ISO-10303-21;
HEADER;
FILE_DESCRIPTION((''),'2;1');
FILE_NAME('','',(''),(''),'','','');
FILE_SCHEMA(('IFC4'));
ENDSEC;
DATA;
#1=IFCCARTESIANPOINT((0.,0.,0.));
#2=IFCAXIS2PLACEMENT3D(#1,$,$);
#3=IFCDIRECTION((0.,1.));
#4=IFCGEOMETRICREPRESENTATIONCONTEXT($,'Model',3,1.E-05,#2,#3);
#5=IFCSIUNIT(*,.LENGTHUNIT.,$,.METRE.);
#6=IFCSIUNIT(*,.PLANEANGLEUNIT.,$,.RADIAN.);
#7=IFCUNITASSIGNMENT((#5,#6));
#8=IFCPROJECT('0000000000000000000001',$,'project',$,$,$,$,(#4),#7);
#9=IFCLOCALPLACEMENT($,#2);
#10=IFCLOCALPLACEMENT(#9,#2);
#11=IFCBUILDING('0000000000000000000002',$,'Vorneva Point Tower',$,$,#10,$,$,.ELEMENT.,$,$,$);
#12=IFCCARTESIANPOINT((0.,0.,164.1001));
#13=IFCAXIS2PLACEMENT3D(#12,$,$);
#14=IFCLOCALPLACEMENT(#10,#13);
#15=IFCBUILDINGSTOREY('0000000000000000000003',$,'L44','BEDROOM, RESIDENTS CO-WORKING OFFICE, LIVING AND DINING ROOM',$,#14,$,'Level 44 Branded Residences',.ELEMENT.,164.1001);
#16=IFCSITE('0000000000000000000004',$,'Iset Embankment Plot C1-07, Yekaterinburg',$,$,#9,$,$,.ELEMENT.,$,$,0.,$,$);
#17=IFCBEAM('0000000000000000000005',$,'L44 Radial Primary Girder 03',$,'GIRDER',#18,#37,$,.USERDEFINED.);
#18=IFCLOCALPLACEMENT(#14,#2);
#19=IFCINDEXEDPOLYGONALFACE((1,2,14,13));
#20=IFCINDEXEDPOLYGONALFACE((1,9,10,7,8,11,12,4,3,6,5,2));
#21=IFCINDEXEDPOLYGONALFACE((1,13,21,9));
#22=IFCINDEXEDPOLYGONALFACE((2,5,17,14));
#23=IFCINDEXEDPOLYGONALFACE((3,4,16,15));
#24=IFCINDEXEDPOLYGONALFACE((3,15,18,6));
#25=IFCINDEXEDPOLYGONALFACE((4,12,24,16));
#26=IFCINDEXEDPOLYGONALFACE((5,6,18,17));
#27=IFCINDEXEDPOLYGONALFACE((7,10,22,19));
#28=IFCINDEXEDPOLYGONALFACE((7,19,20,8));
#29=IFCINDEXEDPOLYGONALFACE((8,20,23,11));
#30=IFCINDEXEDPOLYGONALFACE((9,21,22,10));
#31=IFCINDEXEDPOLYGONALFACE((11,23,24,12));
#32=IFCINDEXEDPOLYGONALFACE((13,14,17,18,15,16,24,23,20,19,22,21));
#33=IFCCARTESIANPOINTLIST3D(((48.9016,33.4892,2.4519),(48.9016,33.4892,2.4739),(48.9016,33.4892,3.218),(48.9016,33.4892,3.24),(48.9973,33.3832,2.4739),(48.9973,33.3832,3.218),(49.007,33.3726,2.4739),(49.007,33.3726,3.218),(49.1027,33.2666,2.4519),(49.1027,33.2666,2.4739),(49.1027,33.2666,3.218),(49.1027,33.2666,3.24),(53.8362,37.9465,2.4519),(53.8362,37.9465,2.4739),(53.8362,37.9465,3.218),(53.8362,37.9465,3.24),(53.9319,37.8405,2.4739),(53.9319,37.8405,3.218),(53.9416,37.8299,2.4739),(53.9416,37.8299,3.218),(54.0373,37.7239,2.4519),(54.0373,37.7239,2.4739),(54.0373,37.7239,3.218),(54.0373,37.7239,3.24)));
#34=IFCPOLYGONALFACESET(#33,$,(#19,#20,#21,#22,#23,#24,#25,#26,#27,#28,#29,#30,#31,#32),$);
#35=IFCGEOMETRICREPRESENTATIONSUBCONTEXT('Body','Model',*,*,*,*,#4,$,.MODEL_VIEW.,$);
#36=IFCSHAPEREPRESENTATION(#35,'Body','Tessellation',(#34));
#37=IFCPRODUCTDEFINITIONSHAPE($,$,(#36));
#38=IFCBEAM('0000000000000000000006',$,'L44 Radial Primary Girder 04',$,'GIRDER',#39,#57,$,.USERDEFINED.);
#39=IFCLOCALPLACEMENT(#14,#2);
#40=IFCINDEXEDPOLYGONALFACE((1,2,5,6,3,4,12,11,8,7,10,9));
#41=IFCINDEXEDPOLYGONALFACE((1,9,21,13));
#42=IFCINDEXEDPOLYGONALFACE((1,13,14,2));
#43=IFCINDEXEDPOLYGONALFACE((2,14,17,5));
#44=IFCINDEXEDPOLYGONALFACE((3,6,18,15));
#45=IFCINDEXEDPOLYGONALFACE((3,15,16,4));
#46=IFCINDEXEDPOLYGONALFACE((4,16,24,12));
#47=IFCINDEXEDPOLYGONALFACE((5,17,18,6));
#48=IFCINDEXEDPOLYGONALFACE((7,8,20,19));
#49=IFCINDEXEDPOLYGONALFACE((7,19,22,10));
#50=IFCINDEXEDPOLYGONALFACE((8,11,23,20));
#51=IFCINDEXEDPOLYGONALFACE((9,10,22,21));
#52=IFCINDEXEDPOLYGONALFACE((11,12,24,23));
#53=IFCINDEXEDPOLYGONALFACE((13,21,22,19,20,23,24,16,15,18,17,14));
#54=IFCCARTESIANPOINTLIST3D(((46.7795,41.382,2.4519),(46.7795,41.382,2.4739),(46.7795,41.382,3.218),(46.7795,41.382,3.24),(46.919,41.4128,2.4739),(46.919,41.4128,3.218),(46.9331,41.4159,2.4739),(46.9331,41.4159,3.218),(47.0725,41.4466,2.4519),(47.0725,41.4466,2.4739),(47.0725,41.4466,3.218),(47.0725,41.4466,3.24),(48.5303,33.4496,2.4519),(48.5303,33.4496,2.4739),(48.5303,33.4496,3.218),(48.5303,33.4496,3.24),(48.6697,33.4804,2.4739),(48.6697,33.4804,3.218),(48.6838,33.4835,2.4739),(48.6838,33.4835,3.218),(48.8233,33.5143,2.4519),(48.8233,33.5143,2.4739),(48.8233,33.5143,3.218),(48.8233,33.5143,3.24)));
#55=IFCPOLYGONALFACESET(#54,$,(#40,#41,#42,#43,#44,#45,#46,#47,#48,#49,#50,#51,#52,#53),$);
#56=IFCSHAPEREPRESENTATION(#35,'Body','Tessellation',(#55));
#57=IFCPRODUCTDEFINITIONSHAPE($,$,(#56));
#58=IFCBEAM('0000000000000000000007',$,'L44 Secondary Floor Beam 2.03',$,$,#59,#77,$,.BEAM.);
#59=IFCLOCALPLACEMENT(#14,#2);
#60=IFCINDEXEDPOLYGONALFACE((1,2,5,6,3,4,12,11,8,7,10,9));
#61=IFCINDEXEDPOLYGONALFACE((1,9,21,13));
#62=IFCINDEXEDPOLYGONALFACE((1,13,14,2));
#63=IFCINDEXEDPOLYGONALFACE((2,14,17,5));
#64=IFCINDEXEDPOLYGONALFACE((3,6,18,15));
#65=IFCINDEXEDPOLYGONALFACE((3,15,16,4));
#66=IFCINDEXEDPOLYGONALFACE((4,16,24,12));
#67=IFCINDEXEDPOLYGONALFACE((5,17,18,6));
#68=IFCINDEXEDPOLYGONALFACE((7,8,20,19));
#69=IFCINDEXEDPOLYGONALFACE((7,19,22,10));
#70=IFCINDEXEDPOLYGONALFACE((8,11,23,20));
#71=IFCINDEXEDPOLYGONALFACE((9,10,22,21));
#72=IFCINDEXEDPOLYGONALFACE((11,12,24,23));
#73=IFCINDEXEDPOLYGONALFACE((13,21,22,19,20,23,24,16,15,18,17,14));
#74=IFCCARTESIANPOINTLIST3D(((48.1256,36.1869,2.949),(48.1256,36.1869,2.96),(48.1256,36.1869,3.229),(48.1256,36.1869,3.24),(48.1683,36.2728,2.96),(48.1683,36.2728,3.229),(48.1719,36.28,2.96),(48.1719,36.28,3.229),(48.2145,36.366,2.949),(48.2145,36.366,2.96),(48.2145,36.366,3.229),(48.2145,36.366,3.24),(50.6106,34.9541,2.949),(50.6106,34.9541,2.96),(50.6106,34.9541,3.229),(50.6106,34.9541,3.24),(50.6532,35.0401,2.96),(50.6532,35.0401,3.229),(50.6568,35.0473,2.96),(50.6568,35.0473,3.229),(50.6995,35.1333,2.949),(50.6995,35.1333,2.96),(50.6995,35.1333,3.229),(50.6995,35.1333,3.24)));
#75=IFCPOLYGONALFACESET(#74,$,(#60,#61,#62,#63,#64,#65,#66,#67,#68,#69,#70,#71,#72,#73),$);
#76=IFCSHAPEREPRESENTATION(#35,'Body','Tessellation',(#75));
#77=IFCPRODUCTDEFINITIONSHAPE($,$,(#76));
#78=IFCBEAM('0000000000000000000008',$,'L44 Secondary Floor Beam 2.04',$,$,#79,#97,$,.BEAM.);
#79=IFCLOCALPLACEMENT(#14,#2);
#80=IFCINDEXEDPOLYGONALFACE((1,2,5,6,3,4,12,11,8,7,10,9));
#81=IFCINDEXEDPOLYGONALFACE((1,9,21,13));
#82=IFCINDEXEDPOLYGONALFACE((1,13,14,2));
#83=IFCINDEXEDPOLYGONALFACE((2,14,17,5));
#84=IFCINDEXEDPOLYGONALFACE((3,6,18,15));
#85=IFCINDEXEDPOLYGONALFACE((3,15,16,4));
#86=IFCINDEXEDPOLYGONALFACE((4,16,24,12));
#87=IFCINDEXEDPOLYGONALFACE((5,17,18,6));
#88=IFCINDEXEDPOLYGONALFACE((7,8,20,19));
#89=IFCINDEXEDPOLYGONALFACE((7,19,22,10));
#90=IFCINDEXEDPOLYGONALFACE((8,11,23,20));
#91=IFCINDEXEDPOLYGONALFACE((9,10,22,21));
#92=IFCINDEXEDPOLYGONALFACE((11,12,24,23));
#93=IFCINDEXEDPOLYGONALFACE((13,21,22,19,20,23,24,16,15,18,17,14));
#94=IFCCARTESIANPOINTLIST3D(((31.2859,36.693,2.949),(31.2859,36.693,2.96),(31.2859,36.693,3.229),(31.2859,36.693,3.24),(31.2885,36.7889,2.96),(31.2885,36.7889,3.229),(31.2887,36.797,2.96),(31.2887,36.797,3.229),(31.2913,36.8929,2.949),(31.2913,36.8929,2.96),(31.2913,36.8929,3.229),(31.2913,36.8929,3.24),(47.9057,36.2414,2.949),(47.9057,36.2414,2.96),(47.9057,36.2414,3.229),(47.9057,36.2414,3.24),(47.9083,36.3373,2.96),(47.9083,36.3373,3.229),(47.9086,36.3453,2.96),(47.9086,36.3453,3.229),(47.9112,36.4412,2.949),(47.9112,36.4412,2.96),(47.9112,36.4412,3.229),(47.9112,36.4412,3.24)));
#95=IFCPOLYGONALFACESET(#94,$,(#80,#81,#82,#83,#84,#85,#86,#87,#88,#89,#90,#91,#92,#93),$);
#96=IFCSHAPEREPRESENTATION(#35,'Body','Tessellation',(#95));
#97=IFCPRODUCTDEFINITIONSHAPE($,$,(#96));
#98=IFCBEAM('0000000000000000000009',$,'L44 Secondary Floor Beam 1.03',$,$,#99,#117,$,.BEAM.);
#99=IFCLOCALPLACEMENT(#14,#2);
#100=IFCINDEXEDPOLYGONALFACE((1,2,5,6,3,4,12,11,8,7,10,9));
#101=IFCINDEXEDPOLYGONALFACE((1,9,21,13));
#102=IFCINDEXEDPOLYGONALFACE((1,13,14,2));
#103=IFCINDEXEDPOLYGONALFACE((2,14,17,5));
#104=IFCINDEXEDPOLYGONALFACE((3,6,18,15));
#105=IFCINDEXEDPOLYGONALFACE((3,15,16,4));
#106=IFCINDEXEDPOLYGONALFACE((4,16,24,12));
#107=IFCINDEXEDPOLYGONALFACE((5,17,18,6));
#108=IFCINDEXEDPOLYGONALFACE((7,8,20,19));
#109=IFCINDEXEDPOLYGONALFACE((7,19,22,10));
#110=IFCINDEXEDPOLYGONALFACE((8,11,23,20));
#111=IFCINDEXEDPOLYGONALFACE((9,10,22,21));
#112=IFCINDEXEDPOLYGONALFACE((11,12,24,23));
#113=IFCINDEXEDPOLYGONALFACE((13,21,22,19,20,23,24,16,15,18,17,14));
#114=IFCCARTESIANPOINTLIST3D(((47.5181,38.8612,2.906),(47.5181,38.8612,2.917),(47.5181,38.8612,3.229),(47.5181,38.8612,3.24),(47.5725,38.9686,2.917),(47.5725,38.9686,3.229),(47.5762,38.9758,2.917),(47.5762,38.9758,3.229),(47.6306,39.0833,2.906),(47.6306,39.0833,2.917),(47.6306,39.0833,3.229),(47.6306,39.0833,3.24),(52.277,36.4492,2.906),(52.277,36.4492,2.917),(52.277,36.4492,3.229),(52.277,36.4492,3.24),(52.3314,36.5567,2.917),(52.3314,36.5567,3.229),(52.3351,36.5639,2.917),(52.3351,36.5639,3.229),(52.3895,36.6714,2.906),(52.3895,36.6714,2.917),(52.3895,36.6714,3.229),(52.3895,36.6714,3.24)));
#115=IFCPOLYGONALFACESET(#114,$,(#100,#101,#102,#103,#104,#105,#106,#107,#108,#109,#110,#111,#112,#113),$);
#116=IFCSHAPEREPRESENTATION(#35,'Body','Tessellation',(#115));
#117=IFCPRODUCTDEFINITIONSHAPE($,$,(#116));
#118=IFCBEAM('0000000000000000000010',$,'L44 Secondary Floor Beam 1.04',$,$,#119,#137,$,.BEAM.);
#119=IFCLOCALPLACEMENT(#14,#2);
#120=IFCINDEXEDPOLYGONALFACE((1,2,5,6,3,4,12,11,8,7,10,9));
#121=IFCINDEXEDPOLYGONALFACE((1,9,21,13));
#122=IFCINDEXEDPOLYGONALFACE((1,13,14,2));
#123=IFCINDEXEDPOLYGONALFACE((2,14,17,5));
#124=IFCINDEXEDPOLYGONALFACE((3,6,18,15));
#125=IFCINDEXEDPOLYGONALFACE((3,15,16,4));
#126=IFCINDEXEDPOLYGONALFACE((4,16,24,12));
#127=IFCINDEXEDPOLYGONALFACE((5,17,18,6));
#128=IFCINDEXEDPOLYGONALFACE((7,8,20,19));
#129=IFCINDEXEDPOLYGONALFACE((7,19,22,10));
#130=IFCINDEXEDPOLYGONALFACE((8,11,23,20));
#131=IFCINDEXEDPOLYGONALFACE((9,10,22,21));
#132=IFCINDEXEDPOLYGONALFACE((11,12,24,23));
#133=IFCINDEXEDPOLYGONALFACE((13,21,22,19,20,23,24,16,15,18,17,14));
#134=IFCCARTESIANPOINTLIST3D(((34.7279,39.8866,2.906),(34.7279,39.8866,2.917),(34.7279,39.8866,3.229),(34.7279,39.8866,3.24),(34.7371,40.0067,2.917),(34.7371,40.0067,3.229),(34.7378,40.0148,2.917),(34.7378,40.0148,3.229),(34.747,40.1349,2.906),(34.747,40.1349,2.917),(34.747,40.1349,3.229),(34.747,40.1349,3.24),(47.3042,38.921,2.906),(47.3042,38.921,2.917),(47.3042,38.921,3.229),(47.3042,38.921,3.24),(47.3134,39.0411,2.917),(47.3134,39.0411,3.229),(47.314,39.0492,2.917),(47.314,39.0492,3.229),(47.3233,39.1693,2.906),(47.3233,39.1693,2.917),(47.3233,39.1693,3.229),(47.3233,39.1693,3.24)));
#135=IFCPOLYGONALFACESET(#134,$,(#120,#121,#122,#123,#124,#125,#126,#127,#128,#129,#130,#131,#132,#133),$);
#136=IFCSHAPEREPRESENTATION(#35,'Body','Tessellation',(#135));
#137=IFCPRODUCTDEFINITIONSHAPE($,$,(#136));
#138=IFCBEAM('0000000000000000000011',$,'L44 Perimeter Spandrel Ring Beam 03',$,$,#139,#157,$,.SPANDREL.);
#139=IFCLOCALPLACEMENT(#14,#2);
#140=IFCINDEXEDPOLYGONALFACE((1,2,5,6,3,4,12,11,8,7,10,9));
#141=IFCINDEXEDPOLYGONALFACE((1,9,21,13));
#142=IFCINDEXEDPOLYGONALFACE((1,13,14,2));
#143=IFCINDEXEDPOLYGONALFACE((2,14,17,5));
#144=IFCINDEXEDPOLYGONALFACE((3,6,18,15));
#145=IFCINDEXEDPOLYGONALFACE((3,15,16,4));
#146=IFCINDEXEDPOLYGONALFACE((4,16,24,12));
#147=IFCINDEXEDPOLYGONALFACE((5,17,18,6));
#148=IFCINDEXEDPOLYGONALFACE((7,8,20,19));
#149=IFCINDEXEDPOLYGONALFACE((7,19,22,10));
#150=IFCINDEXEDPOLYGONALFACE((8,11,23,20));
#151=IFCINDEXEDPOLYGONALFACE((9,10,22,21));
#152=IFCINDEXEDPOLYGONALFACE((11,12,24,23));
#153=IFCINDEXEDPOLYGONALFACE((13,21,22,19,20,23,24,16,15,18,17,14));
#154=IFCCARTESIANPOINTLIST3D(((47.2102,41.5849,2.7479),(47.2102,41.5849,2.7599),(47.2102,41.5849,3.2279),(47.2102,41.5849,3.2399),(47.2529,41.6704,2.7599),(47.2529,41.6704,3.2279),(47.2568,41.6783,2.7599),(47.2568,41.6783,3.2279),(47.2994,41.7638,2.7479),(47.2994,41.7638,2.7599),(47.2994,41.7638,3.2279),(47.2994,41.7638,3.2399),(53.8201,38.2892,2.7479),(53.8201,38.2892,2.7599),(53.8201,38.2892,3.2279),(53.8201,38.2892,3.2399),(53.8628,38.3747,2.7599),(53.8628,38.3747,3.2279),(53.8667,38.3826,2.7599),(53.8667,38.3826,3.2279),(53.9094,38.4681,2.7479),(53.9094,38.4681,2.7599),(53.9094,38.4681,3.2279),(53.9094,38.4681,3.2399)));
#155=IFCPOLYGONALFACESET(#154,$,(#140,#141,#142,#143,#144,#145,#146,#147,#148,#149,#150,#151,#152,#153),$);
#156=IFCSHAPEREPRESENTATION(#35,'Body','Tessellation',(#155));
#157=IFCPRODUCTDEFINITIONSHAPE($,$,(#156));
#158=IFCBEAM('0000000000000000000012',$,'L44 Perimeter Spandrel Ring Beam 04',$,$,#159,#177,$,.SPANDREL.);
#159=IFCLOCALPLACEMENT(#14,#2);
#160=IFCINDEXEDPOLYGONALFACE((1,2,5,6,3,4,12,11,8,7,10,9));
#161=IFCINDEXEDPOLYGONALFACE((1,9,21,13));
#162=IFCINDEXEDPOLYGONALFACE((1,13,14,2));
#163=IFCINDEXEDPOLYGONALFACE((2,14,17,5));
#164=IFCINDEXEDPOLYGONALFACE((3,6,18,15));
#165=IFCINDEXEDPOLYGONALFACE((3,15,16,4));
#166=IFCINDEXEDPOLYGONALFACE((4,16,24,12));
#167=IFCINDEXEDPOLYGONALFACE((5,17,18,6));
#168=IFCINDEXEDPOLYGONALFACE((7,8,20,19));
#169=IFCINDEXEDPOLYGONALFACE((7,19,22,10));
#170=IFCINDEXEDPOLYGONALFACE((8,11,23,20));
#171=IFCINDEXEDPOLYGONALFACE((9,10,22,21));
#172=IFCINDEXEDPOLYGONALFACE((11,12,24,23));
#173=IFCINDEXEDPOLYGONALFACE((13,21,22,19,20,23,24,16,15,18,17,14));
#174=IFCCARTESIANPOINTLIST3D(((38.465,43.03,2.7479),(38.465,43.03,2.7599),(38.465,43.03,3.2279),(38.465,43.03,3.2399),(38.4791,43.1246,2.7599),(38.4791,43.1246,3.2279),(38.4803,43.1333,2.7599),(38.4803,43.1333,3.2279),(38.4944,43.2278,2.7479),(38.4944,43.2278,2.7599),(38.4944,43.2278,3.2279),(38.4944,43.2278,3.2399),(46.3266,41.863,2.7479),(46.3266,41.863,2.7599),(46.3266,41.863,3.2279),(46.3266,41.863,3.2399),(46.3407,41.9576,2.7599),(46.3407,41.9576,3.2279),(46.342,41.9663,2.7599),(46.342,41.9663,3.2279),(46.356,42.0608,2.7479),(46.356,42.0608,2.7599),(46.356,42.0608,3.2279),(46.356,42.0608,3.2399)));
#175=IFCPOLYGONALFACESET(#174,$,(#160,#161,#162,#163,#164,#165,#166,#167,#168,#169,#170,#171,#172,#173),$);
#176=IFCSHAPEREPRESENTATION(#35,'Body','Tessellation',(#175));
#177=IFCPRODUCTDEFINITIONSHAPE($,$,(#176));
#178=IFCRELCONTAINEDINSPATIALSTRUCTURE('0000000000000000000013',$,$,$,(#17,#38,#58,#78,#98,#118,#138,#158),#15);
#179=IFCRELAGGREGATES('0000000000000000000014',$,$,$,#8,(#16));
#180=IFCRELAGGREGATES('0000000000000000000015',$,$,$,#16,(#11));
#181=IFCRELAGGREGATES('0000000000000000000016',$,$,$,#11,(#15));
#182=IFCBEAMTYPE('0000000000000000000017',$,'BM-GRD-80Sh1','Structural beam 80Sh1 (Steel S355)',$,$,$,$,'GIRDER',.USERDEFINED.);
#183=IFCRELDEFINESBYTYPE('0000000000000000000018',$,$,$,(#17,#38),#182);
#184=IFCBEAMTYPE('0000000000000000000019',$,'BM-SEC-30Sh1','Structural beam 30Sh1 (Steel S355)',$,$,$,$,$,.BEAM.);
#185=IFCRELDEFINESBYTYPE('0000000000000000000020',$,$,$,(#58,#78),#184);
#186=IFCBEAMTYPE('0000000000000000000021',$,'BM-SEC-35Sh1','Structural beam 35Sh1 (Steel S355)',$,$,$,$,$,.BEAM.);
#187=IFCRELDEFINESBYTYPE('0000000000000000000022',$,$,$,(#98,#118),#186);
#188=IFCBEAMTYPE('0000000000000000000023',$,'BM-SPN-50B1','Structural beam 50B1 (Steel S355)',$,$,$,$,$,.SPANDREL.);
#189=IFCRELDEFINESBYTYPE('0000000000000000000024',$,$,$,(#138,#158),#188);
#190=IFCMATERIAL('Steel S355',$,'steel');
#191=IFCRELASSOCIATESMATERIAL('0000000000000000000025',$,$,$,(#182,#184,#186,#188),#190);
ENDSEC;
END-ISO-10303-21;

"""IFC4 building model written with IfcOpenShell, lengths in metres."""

from ifc_helpers import new_model, si_unit, direction, frame, origin, origin_2d, place, context, subcontext, project, spatial, i_section, extrude, material, material_profile, profile_set, type_object, element, save


model = new_model("IFC4")

# Units and contexts
model_context = context("Model", 3, precision=1e-05, world=origin(), true_north=direction((0.0, 1.0)))
body_context = subcontext(model_context, "Body", "Model", "MODEL_VIEW")
ifc_project = project(units=[si_unit("LENGTHUNIT", "METRE"), si_unit("PLANEANGLEUNIT", "RADIAN")], contexts=[model_context])

# Site, building, storey
site_placement = place(None, origin())
site = spatial("IfcSite", under=ifc_project, at=site_placement, Name="Iset Embankment Plot C1-07, Yekaterinburg", CompositionType="ELEMENT", RefElevation=0.0)
building_placement = place(site_placement, origin())
building = spatial("IfcBuilding", under=site, at=building_placement, Name="Vorneva Point Tower", CompositionType="ELEMENT")
storey_placement = place(building_placement, frame((0.0, 0.0, 164.1001)))
storey = spatial("IfcBuildingStorey", under=building, at=storey_placement, Name="L44", Description="BEDROOM, RESIDENTS CO-WORKING OFFICE, LIVING AND DINING ROOM", LongName="Level 44 Branded Residences", CompositionType="ELEMENT", Elevation=164.1001)

# Beams
ifc_material_1 = material(Name="Steel S355", Category="steel")
ifc_material_profile_1 = material_profile(ifc_material_1, i_section(OverallWidth=0.3, OverallDepth=0.7881, WebThickness=0.0144, FlangeThickness=0.022, at=origin_2d()), Name="80Sh1")
ifc_profile_set_1 = profile_set([ifc_material_profile_1], Name="Steel S355")
beam_type_1 = type_object("IfcBeamType", Name="BM-GRD-80Sh1", Description="Structural beam 80Sh1 (Steel S355)", ElementType="GIRDER", PredefinedType="USERDEFINED", material=ifc_profile_set_1)
beam_1_placement = place(storey_placement, frame((53.9368, 37.8352, 2.8459), z_axis=(-0.742084, -0.670306, 0.0), x_axis=(0.670306, -0.742084, 0.0)))
element("IfcBeam", 1, at=beam_1_placement, inside=storey, type_object=beam_type_1, Name="L44 Radial Primary Girder 03", ObjectType="GIRDER", PredefinedType="USERDEFINED", context=body_context, shape_type="SweptSolid", body=[
    extrude(i_section(OverallWidth=0.3, OverallDepth=0.7881, WebThickness=0.0144, FlangeThickness=0.022, at=origin_2d()), origin(), (0.0, 0.0, 1.0), 6.6497),
])
beam_2_placement = place(storey_placement, frame((46.926, 41.4143, 2.8459), z_axis=(0.215521, -0.976499, 0.0), x_axis=(0.976499, 0.215521, 0.0)))
element("IfcBeam", 2, at=beam_2_placement, inside=storey, type_object=beam_type_1, Name="L44 Radial Primary Girder 04", ObjectType="GIRDER", PredefinedType="USERDEFINED", context=body_context, shape_type="SweptSolid", body=[
    extrude(i_section(OverallWidth=0.3, OverallDepth=0.7881, WebThickness=0.0144, FlangeThickness=0.022, at=origin_2d()), origin(), (0.0, 0.0, 1.0), 8.1233),
])
ifc_material_profile_2 = material_profile(ifc_material_1, i_section(OverallWidth=0.2, OverallDepth=0.291, WebThickness=0.0081, FlangeThickness=0.011, at=origin_2d()), Name="30Sh1")
ifc_profile_set_2 = profile_set([ifc_material_profile_2], Name="Steel S355")
beam_type_2 = type_object("IfcBeamType", Name="BM-SEC-30Sh1", Description="Structural beam 30Sh1 (Steel S355)", PredefinedType="BEAM", material=ifc_profile_set_2)
beam_3_placement = place(storey_placement, frame((50.655, 35.0437, 3.0945), z_axis=(-0.895831, 0.444395, 0.0), x_axis=(-0.444395, -0.895831, 0.0)))
element("IfcBeam", 3, at=beam_3_placement, inside=storey, type_object=beam_type_2, Name="L44 Secondary Floor Beam 2.03", PredefinedType="BEAM", context=body_context, shape_type="SweptSolid", body=[
    extrude(i_section(OverallWidth=0.2, OverallDepth=0.291, WebThickness=0.0081, FlangeThickness=0.011, at=origin_2d()), origin(), (0.0, 0.0, 1.0), 2.7739),
])
beam_4_placement = place(storey_placement, frame((47.9084, 36.3413, 3.0945), z_axis=(-0.999631, 0.027166, 0.0), x_axis=(-0.027166, -0.999631, 0.0)))
element("IfcBeam", 4, at=beam_4_placement, inside=storey, type_object=beam_type_2, Name="L44 Secondary Floor Beam 2.04", PredefinedType="BEAM", context=body_context, shape_type="SweptSolid", body=[
    extrude(i_section(OverallWidth=0.2, OverallDepth=0.291, WebThickness=0.0081, FlangeThickness=0.011, at=origin_2d()), origin(), (0.0, 0.0, 1.0), 16.626),
])
ifc_material_profile_3 = material_profile(ifc_material_1, i_section(OverallWidth=0.249, OverallDepth=0.334, WebThickness=0.0081, FlangeThickness=0.011, at=origin_2d()), Name="35Sh1")
ifc_profile_set_3 = profile_set([ifc_material_profile_3], Name="Steel S355")
beam_type_3 = type_object("IfcBeamType", Name="BM-SEC-35Sh1", Description="Structural beam 35Sh1 (Steel S355)", PredefinedType="BEAM", material=ifc_profile_set_3)
beam_5_placement = place(storey_placement, frame((52.3333, 36.5603, 3.073), z_axis=(-0.891979, 0.452076, 0.0), x_axis=(-0.452076, -0.891979, 0.0)))
element("IfcBeam", 5, at=beam_5_placement, inside=storey, type_object=beam_type_3, Name="L44 Secondary Floor Beam 1.03", PredefinedType="BEAM", context=body_context, shape_type="SweptSolid", body=[
    extrude(i_section(OverallWidth=0.249, OverallDepth=0.334, WebThickness=0.0081, FlangeThickness=0.011, at=origin_2d()), origin(), (0.0, 0.0, 1.0), 5.3352),
])
beam_6_placement = place(storey_placement, frame((47.3137, 39.0452, 3.073), z_axis=(-0.997066, 0.076553, 0.0), x_axis=(-0.076553, -0.997066, 0.0)))
element("IfcBeam", 6, at=beam_6_placement, inside=storey, type_object=beam_type_3, Name="L44 Secondary Floor Beam 1.04", PredefinedType="BEAM", context=body_context, shape_type="SweptSolid", body=[
    extrude(i_section(OverallWidth=0.249, OverallDepth=0.334, WebThickness=0.0081, FlangeThickness=0.011, at=origin_2d()), origin(), (0.0, 0.0, 1.0), 12.6133),
])
ifc_material_profile_4 = material_profile(ifc_material_1, i_section(OverallWidth=0.2, OverallDepth=0.4919, WebThickness=0.0088, FlangeThickness=0.012, at=origin_2d()), Name="50B1")
ifc_profile_set_4 = profile_set([ifc_material_profile_4], Name="Steel S355")
beam_type_4 = type_object("IfcBeamType", Name="BM-SPN-50B1", Description="Structural beam 50B1 (Steel S355)", PredefinedType="SPANDREL", material=ifc_profile_set_4)
beam_7_placement = place(storey_placement, frame((53.8647, 38.3787, 2.9939), z_axis=(-0.894929, 0.446208, 0.0), x_axis=(-0.446208, -0.894929, 0.0)))
element("IfcBeam", 7, at=beam_7_placement, inside=storey, type_object=beam_type_4, Name="L44 Perimeter Spandrel Ring Beam 03", PredefinedType="SPANDREL", context=body_context, shape_type="SweptSolid", body=[
    extrude(i_section(OverallWidth=0.2, OverallDepth=0.4919, WebThickness=0.0088, FlangeThickness=0.012, at=origin_2d()), origin(), (0.0, 0.0, 1.0), 7.386),
])
beam_8_placement = place(storey_placement, frame((46.3413, 41.9619, 2.9939), z_axis=(-0.989161, 0.146834, 0.0), x_axis=(-0.146834, -0.989161, 0.0)))
element("IfcBeam", 8, at=beam_8_placement, inside=storey, type_object=beam_type_4, Name="L44 Perimeter Spandrel Ring Beam 04", PredefinedType="SPANDREL", context=body_context, shape_type="SweptSolid", body=[
    extrude(i_section(OverallWidth=0.2, OverallDepth=0.4919, WebThickness=0.0088, FlangeThickness=0.012, at=origin_2d()), origin(), (0.0, 0.0, 1.0), 7.9478),
])

save(model, "model.ifc")
